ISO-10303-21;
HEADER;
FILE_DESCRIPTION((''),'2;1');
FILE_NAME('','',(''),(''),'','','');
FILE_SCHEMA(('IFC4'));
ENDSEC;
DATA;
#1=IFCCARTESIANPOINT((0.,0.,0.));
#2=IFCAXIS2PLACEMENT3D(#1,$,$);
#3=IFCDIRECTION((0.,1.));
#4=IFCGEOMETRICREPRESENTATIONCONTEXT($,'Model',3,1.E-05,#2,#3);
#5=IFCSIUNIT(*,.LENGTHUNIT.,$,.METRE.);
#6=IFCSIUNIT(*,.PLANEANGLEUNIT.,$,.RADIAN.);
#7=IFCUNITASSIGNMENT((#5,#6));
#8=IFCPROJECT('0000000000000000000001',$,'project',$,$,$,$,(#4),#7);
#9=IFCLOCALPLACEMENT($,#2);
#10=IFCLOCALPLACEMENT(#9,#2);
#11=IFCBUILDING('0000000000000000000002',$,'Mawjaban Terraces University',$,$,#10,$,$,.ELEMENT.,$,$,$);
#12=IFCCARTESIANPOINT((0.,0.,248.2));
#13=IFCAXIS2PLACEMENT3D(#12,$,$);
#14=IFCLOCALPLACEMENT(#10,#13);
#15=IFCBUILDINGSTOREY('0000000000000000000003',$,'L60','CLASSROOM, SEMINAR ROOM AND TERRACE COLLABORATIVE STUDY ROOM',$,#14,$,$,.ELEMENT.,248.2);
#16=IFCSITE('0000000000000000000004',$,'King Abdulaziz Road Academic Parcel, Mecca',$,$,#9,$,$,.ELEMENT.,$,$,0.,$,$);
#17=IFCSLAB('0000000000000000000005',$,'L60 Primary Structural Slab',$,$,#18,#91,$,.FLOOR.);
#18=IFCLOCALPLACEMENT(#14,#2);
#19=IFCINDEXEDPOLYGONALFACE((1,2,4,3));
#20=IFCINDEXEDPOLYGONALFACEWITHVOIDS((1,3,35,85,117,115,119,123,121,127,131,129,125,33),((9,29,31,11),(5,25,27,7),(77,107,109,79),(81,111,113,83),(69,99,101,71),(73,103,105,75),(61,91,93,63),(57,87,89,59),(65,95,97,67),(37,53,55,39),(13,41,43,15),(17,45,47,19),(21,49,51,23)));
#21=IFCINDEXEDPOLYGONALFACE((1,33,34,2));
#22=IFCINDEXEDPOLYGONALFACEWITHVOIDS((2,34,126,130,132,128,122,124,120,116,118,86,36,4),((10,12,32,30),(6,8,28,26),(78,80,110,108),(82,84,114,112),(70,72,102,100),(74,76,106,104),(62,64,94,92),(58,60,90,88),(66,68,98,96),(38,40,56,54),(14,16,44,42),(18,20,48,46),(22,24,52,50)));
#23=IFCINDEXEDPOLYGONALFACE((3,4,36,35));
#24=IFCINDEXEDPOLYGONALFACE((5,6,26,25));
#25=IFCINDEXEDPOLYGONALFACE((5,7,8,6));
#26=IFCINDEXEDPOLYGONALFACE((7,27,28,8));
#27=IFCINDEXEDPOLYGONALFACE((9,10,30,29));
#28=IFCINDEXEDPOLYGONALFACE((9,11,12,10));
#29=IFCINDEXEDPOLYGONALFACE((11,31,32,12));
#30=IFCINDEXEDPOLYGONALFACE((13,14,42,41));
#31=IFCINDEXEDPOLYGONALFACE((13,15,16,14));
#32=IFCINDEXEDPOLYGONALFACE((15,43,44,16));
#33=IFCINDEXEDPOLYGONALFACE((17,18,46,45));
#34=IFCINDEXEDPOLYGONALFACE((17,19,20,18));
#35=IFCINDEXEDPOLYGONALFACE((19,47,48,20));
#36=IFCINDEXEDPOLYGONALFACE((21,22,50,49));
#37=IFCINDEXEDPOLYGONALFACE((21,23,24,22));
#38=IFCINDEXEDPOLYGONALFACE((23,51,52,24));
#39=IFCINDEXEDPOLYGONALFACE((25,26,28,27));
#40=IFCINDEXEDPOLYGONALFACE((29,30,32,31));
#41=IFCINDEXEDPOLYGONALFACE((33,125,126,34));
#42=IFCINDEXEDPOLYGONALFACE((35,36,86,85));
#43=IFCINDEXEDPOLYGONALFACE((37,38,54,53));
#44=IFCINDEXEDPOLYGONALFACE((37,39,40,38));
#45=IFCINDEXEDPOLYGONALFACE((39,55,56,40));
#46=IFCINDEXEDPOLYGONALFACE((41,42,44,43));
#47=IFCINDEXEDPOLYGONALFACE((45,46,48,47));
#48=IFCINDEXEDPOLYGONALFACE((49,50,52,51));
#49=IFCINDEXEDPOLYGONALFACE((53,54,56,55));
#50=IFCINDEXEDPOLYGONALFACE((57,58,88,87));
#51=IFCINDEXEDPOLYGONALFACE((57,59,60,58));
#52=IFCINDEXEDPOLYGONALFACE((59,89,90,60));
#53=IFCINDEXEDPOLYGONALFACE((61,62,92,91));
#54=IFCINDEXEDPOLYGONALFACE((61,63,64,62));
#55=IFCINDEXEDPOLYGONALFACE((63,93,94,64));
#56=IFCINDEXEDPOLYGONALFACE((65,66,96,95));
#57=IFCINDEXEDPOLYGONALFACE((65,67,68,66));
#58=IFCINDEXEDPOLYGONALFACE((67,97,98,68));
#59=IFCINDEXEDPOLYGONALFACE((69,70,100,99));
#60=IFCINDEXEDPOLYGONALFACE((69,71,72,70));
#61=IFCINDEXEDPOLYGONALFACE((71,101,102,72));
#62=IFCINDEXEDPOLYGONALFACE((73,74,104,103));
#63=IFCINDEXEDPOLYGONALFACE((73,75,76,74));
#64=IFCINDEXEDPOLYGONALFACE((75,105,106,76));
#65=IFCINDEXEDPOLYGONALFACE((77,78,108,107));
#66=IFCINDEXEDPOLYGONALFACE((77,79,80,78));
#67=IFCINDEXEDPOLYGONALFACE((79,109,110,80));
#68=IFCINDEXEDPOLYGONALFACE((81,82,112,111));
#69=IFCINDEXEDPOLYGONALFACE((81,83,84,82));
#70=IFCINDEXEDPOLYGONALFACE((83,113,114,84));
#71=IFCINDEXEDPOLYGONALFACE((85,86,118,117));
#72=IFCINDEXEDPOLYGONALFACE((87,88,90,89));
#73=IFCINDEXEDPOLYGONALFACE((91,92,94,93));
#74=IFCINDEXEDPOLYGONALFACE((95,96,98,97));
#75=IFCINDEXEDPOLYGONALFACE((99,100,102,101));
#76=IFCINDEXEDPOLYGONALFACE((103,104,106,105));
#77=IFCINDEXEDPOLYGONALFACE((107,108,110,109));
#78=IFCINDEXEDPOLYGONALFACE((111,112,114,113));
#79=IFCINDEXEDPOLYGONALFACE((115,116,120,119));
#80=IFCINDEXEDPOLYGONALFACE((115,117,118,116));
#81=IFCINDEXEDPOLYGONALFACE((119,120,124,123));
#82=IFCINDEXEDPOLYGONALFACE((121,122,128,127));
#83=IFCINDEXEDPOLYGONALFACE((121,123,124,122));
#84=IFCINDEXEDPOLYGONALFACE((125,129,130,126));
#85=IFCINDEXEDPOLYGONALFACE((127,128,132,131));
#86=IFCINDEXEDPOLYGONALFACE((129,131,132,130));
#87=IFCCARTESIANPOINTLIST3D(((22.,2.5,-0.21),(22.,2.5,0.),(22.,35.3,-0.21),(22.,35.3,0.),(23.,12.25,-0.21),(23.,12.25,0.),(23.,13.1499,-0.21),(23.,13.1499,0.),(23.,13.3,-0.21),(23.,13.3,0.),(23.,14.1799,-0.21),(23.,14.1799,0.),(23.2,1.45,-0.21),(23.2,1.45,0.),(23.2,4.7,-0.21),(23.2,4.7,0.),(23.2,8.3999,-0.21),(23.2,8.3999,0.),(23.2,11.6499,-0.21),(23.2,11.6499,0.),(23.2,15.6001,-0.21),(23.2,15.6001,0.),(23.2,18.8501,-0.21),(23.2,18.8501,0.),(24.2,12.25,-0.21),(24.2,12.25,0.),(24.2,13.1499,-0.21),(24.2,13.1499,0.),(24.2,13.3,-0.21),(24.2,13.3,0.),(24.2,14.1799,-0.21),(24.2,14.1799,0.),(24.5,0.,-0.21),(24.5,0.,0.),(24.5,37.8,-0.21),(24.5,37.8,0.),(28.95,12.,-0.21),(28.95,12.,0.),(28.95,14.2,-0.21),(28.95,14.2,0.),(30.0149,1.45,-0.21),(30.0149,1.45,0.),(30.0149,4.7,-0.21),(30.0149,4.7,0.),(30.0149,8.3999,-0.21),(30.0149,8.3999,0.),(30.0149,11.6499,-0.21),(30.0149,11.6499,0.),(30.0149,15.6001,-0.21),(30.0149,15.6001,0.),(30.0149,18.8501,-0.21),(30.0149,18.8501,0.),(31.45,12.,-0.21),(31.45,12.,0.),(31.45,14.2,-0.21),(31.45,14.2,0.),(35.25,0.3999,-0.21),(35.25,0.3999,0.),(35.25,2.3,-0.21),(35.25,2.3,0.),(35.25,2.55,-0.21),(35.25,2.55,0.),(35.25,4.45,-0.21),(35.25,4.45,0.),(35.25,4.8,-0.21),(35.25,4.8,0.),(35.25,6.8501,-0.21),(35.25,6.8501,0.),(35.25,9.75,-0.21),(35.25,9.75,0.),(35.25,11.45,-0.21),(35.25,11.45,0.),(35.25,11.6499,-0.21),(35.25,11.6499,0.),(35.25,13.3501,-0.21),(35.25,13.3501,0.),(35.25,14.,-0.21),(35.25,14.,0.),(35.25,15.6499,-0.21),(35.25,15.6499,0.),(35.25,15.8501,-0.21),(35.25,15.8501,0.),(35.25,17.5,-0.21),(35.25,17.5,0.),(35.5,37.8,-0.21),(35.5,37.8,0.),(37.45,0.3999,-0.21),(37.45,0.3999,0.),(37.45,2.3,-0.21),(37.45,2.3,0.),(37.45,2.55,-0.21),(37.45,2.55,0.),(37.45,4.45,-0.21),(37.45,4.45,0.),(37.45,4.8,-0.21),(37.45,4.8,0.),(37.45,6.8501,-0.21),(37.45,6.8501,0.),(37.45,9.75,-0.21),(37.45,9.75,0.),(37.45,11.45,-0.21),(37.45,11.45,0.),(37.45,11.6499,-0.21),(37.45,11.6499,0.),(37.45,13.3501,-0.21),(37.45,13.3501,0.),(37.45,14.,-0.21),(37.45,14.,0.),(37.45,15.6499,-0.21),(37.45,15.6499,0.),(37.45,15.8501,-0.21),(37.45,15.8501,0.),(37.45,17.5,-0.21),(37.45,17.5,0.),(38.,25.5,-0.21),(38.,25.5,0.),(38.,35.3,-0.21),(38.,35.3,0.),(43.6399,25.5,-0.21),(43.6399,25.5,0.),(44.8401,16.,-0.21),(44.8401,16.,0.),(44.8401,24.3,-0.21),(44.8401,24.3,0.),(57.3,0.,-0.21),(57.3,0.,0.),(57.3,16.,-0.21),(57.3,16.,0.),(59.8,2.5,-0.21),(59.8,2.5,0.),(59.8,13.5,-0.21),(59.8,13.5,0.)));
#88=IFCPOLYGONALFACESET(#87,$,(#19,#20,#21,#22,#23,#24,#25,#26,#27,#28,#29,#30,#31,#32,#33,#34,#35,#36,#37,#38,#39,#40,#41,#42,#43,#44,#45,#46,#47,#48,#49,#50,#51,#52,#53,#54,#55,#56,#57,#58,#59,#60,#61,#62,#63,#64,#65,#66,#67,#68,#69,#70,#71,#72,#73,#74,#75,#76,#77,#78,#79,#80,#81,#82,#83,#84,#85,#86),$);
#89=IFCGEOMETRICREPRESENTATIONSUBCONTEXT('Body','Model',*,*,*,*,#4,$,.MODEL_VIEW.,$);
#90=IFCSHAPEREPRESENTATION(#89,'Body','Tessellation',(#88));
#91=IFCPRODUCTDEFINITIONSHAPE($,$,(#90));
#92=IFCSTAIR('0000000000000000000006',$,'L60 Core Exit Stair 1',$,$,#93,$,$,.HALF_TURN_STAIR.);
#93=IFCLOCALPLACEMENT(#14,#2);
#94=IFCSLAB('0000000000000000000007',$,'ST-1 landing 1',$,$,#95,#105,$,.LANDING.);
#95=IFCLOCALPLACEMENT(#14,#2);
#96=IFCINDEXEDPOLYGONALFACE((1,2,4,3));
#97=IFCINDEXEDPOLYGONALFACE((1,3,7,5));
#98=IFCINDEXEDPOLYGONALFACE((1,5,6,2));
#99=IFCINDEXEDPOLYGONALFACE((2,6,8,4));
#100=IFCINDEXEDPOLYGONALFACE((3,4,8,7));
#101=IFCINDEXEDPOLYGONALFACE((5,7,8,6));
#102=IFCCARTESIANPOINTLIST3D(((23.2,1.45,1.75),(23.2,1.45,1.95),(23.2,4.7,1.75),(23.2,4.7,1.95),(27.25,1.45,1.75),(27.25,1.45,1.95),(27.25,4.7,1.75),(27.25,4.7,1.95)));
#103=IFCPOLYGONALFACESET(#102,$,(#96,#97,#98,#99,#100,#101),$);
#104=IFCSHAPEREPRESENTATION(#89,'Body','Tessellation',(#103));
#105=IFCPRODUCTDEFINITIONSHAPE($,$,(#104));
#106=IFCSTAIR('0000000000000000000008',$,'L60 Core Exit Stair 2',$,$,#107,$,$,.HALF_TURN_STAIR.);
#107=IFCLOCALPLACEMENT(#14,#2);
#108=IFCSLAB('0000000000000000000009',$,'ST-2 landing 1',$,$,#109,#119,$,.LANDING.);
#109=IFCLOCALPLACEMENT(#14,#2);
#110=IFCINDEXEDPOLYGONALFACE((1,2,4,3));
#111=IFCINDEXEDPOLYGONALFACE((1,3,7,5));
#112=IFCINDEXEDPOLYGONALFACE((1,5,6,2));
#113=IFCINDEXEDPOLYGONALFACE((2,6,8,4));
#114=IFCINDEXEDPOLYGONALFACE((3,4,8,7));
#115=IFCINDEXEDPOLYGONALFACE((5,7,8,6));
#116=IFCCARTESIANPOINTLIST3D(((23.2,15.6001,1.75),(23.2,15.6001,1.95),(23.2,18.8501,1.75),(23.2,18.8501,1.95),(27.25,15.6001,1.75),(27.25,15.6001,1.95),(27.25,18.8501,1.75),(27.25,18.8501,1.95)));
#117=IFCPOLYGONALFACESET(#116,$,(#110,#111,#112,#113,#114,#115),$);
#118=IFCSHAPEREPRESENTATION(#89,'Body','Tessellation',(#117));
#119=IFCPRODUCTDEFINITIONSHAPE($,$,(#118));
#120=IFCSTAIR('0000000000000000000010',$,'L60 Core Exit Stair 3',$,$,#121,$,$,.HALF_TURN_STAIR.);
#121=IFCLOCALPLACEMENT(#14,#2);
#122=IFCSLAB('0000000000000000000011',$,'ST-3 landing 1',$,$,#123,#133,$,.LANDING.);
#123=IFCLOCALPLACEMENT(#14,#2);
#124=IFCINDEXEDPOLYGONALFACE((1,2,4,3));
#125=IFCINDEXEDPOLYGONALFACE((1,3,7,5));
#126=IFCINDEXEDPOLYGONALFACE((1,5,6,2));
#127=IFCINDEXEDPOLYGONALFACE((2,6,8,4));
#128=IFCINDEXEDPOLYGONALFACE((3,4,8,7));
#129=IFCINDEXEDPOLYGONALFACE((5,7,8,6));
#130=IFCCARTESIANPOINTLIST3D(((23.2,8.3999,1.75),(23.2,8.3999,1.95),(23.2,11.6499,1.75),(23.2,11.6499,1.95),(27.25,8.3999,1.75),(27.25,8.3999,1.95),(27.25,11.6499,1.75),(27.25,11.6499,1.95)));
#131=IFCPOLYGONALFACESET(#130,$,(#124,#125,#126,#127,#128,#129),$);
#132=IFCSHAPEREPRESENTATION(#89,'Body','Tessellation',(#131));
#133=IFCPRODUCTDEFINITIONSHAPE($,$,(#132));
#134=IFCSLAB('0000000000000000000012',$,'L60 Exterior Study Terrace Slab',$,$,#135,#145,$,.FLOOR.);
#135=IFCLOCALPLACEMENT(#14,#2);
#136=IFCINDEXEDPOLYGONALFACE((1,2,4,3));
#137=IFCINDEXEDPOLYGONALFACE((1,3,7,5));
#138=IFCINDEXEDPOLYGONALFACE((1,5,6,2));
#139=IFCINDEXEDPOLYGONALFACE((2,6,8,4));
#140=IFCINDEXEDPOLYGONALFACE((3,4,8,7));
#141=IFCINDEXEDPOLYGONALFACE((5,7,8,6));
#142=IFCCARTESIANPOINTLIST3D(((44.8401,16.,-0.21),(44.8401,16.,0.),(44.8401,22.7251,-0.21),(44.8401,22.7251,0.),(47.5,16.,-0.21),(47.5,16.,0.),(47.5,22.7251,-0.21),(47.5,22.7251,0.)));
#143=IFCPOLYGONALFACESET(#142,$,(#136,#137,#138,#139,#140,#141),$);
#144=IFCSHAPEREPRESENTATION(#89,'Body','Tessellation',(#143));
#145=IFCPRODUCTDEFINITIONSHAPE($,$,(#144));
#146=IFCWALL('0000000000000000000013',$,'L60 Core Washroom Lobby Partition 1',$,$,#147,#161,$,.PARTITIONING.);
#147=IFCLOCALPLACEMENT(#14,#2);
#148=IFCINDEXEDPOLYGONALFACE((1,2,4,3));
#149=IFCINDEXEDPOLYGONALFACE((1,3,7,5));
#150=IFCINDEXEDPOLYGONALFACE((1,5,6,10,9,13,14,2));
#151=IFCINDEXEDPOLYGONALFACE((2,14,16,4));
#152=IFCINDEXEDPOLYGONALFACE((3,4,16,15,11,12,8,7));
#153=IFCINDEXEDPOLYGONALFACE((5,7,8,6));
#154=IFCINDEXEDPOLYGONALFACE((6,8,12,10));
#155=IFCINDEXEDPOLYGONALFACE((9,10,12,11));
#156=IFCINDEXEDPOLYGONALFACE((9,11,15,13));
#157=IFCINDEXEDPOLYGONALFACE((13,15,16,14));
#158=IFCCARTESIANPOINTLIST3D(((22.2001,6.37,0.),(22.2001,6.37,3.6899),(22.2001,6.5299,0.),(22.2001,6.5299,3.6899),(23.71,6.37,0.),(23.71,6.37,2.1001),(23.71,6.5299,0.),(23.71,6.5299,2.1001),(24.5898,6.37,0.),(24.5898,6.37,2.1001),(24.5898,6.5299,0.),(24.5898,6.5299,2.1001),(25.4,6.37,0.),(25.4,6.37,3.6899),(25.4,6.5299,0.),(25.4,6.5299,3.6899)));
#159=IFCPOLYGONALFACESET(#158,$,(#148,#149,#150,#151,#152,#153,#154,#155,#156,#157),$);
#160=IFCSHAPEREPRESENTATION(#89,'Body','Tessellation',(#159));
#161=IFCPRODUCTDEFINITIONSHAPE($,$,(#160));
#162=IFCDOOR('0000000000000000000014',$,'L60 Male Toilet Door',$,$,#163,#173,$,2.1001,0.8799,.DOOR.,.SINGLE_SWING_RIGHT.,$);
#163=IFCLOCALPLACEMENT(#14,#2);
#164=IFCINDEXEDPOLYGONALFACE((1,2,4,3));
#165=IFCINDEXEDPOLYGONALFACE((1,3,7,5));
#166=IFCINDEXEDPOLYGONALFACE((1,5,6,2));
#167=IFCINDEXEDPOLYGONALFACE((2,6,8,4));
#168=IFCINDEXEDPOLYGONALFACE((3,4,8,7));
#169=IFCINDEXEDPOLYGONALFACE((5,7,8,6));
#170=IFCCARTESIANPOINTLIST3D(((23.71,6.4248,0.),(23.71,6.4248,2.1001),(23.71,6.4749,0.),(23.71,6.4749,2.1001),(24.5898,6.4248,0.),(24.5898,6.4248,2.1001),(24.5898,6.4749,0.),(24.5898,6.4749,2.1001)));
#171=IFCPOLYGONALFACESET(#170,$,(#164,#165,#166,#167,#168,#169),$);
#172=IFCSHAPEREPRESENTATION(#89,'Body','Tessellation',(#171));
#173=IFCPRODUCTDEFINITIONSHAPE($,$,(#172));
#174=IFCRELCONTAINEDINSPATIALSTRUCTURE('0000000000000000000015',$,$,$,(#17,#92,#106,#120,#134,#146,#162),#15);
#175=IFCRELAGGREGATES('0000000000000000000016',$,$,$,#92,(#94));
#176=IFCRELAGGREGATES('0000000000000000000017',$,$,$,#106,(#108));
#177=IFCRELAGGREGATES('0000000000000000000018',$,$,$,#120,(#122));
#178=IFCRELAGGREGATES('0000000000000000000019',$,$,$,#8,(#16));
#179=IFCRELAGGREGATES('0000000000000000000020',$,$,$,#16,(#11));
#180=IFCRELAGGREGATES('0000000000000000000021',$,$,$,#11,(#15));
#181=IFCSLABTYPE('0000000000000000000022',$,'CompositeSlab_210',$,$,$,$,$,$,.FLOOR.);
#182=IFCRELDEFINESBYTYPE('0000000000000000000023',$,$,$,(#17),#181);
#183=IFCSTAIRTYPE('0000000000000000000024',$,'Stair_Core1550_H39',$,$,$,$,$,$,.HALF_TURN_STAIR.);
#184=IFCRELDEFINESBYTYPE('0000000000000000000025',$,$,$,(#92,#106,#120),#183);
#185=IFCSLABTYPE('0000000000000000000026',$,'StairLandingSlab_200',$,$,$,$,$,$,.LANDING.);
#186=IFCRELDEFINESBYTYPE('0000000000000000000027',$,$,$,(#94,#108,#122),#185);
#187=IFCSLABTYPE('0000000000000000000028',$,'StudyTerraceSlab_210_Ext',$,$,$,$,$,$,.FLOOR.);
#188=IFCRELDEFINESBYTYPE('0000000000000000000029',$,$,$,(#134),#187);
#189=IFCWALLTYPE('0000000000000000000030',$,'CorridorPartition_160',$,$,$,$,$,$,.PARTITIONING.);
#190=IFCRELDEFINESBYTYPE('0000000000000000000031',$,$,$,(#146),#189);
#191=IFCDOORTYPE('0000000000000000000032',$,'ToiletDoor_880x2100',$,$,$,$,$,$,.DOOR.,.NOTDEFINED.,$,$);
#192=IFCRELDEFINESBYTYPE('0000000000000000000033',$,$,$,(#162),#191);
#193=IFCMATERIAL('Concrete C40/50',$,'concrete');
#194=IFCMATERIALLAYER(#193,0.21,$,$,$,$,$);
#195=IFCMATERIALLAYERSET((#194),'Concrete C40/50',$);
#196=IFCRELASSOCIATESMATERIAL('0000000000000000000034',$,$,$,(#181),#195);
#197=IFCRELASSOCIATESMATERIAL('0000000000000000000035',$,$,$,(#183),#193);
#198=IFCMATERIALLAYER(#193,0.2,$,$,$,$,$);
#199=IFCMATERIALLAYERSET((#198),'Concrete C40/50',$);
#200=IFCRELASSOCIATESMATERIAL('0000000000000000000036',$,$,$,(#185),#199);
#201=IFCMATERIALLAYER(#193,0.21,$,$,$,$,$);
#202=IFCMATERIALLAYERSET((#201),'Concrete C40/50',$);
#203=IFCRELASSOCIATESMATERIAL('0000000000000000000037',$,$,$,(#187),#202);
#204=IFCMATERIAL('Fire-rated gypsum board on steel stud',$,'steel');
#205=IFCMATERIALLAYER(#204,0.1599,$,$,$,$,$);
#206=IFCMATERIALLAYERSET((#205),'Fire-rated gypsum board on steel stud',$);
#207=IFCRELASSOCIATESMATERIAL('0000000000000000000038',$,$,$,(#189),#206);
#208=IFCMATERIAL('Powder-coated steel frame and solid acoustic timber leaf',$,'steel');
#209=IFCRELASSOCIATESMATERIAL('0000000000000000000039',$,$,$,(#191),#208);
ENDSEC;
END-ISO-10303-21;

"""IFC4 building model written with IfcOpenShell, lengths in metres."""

from ifc_helpers import new_model, si_unit, direction, frame, frame_2d, origin, place, context, subcontext, project, spatial, polyline, rectangle, outline, extrude, material, layer, layer_set, type_object, element, fill, aggregate, save


model = new_model("IFC4")

# Units and contexts
model_context = context("Model", 3, precision=1e-05, world=origin(), true_north=direction((0.0, 1.0)))
body_context = subcontext(model_context, "Body", "Model", "MODEL_VIEW")
ifc_project = project(units=[si_unit("LENGTHUNIT", "METRE"), si_unit("PLANEANGLEUNIT", "RADIAN")], contexts=[model_context])

# Site, building, storey
site_placement = place(None, origin())
site = spatial("IfcSite", under=ifc_project, at=site_placement, Name="King Abdulaziz Road Academic Parcel, Mecca", CompositionType="ELEMENT", RefElevation=0.0)
building_placement = place(site_placement, origin())
building = spatial("IfcBuilding", under=site, at=building_placement, Name="Mawjaban Terraces University", CompositionType="ELEMENT")
storey_placement = place(building_placement, frame((0.0, 0.0, 248.2)))
storey = spatial("IfcBuildingStorey", under=building, at=storey_placement, Name="L60", Description="CLASSROOM, SEMINAR ROOM AND TERRACE COLLABORATIVE STUDY ROOM", CompositionType="ELEMENT", Elevation=248.2)

# Slab
ifc_material_1 = material(Name="Concrete C40/50", Category="concrete")
ifc_layer_1 = layer(ifc_material_1, 0.21)
ifc_layer_set_1 = layer_set([ifc_layer_1], Name="Concrete C40/50")
slab_type_1 = type_object("IfcSlabType", Name="CompositeSlab_210", PredefinedType="FLOOR", material=ifc_layer_set_1)
slab_1_placement = place(storey_placement, frame((0.0, 0.0, -0.21)))
element("IfcSlab", 1, at=slab_1_placement, inside=storey, type_object=slab_type_1, Name="L60 Primary Structural Slab", PredefinedType="FLOOR", context=body_context, shape_type="SweptSolid", body=[
    extrude(outline(polyline([(24.5, 0.0), (57.3, 0.0), (59.8, 2.5), (59.8, 13.5), (57.3, 16.0), (44.8401, 16.0), (44.8401, 24.3), (43.6399, 25.5), (38.0, 25.5), (38.0, 35.3), (35.5, 37.8), (24.5, 37.8), (22.0, 35.3), (22.0, 2.5), (24.5, 0.0)]), holes=[polyline([(30.0149, 4.7), (23.2, 4.7), (23.2, 1.45), (30.0149, 1.45), (30.0149, 4.7)]), polyline([(30.0149, 18.8501), (23.2, 18.8501), (23.2, 15.6001), (30.0149, 15.6001), (30.0149, 18.8501)]), polyline([(30.0149, 11.6499), (23.2, 11.6499), (23.2, 8.3999), (30.0149, 8.3999), (30.0149, 11.6499)]), polyline([(35.25, 0.3999), (37.45, 0.3999), (37.45, 2.3), (35.25, 2.3), (35.25, 0.3999)]), polyline([(35.25, 2.55), (37.45, 2.55), (37.45, 4.45), (35.25, 4.45), (35.25, 2.55)]), polyline([(35.25, 4.8), (37.45, 4.8), (37.45, 6.8501), (35.25, 6.8501), (35.25, 4.8)]), polyline([(35.25, 9.75), (37.45, 9.75), (37.45, 11.45), (35.25, 11.45), (35.25, 9.75)]), polyline([(35.25, 11.6499), (37.45, 11.6499), (37.45, 13.3501), (35.25, 13.3501), (35.25, 11.6499)]), polyline([(28.95, 12.0), (31.45, 12.0), (31.45, 14.2), (28.95, 14.2), (28.95, 12.0)]), polyline([(35.25, 14.0), (37.45, 14.0), (37.45, 15.6499), (35.25, 15.6499), (35.25, 14.0)]), polyline([(35.25, 15.8501), (37.45, 15.8501), (37.45, 17.5), (35.25, 17.5), (35.25, 15.8501)]), polyline([(23.0, 12.25), (24.2, 12.25), (24.2, 13.1499), (23.0, 13.1499), (23.0, 12.25)]), polyline([(23.0, 13.3), (24.2, 13.3), (24.2, 14.1799), (23.0, 14.1799), (23.0, 13.3)])]), origin(), (0.0, 0.0, 1.0), 0.21),
])

# Stairs, slabs
stair_type = type_object("IfcStairType", Name="Stair_Core1550_H39", PredefinedType="HALF_TURN_STAIR", material=ifc_material_1)
stair_1_placement = place(storey_placement, origin())
stair_1 = element("IfcStair", 2, at=stair_1_placement, inside=storey, type_object=stair_type, Name="L60 Core Exit Stair 1", PredefinedType="HALF_TURN_STAIR")
ifc_layer_2 = layer(ifc_material_1, 0.2)
ifc_layer_set_2 = layer_set([ifc_layer_2], Name="Concrete C40/50")
slab_type_2 = type_object("IfcSlabType", Name="StairLandingSlab_200", PredefinedType="LANDING", material=ifc_layer_set_2)
slab_2_placement = place(storey_placement, frame((0.0, 0.0, 1.75)))
slab_2 = element("IfcSlab", 3, at=slab_2_placement, type_object=slab_type_2, Name="ST-1 landing 1", PredefinedType="LANDING", context=body_context, shape_type="SweptSolid", body=[
    extrude(outline(polyline([(27.25, 4.7), (23.2, 4.7), (23.2, 1.45), (27.25, 1.45), (27.25, 4.7)])), origin(), (0.0, 0.0, 1.0), 0.2),
])
aggregate(stair_1, [slab_2])
stair_2_placement = place(storey_placement, origin())
stair_2 = element("IfcStair", 4, at=stair_2_placement, inside=storey, type_object=stair_type, Name="L60 Core Exit Stair 2", PredefinedType="HALF_TURN_STAIR")
slab_3_placement = place(storey_placement, frame((0.0, 0.0, 1.75)))
slab_3 = element("IfcSlab", 5, at=slab_3_placement, type_object=slab_type_2, Name="ST-2 landing 1", PredefinedType="LANDING", context=body_context, shape_type="SweptSolid", body=[
    extrude(outline(polyline([(27.25, 18.8501), (23.2, 18.8501), (23.2, 15.6001), (27.25, 15.6001), (27.25, 18.8501)])), origin(), (0.0, 0.0, 1.0), 0.2),
])
aggregate(stair_2, [slab_3])
stair_3_placement = place(storey_placement, origin())
stair_3 = element("IfcStair", 6, at=stair_3_placement, inside=storey, type_object=stair_type, Name="L60 Core Exit Stair 3", PredefinedType="HALF_TURN_STAIR")
slab_4_placement = place(storey_placement, frame((0.0, 0.0, 1.75)))
slab_4 = element("IfcSlab", 7, at=slab_4_placement, type_object=slab_type_2, Name="ST-3 landing 1", PredefinedType="LANDING", context=body_context, shape_type="SweptSolid", body=[
    extrude(outline(polyline([(27.25, 11.6499), (23.2, 11.6499), (23.2, 8.3999), (27.25, 8.3999), (27.25, 11.6499)])), origin(), (0.0, 0.0, 1.0), 0.2),
])
aggregate(stair_3, [slab_4])

# Slab
ifc_layer_3 = layer(ifc_material_1, 0.21)
ifc_layer_set_3 = layer_set([ifc_layer_3], Name="Concrete C40/50")
slab_type_3 = type_object("IfcSlabType", Name="StudyTerraceSlab_210_Ext", PredefinedType="FLOOR", material=ifc_layer_set_3)
slab_5_placement = place(storey_placement, frame((0.0, 0.0, -0.21)))
element("IfcSlab", 8, at=slab_5_placement, inside=storey, type_object=slab_type_3, Name="L60 Exterior Study Terrace Slab", PredefinedType="FLOOR", context=body_context, shape_type="SweptSolid", body=[
    extrude(outline(polyline([(44.8401, 16.0), (47.5, 16.0), (47.5, 22.7251), (44.8401, 22.7251), (44.8401, 16.0)])), origin(), (0.0, 0.0, 1.0), 0.21),
])

# Wall, opening, door
ifc_material_2 = material(Name="Fire-rated gypsum board on steel stud", Category="steel")
ifc_layer_4 = layer(ifc_material_2, 0.1599)
ifc_layer_set_4 = layer_set([ifc_layer_4], Name="Fire-rated gypsum board on steel stud")
wall_type_1 = type_object("IfcWallType", Name="CorridorPartition_160", PredefinedType="PARTITIONING", material=ifc_layer_set_4)
wall_1_placement = place(storey_placement, frame((22.2, 6.45, 0.0), z_axis=(0.0, 0.0, 1.0), x_axis=(1.0, 0.0, 0.0)))
wall_1 = element("IfcWall", 9, at=wall_1_placement, inside=storey, type_object=wall_type_1, Name="L60 Core Washroom Lobby Partition 1", PredefinedType="PARTITIONING", context=body_context, shape_type="SweptSolid", body=[
    extrude(rectangle(XDim=3.2, YDim=0.1599, at=frame_2d((1.6001, 0.0))), origin(), (0.0, 0.0, 1.0), 3.6899),
])
opening_placement = place(wall_1_placement, frame((1.51, 0.0, 0.0)))
opening = element("IfcOpeningElement", 10, at=opening_placement, cuts=wall_1, PredefinedType="OPENING", context=body_context, shape_type="SweptSolid", body=[
    extrude(rectangle(XDim=0.8799, YDim=2.1001, at=frame_2d((0.4399, 1.05))), frame((0.0, 0.0898, 0.0), z_axis=(0.0, -1.0, 0.0), x_axis=(1.0, 0.0, 0.0)), (0.0, 0.0, 1.0), 0.1799),
])
ifc_material_3 = material(Name="Powder-coated steel frame and solid acoustic timber leaf", Category="steel")
door_type = type_object("IfcDoorType", Name="ToiletDoor_880x2100", OperationType="NOTDEFINED", PredefinedType="DOOR", material=ifc_material_3)
door_placement = place(opening_placement, origin())
door = element("IfcDoor", 11, at=door_placement, inside=storey, type_object=door_type, Name="L60 Male Toilet Door", OperationType="SINGLE_SWING_RIGHT", OverallHeight=2.1001, OverallWidth=0.8799, PredefinedType="DOOR", context=body_context, shape_type="SweptSolid", body=[
    extrude(rectangle(XDim=0.8799, YDim=2.1001, at=frame_2d((0.4399, 1.05))), frame((0.0, 0.0249, 0.0), z_axis=(0.0, -1.0, 0.0), x_axis=(1.0, 0.0, 0.0)), (0.0, 0.0, 1.0), 0.05),
])
fill(opening, door)

save(model, "model.ifc")
